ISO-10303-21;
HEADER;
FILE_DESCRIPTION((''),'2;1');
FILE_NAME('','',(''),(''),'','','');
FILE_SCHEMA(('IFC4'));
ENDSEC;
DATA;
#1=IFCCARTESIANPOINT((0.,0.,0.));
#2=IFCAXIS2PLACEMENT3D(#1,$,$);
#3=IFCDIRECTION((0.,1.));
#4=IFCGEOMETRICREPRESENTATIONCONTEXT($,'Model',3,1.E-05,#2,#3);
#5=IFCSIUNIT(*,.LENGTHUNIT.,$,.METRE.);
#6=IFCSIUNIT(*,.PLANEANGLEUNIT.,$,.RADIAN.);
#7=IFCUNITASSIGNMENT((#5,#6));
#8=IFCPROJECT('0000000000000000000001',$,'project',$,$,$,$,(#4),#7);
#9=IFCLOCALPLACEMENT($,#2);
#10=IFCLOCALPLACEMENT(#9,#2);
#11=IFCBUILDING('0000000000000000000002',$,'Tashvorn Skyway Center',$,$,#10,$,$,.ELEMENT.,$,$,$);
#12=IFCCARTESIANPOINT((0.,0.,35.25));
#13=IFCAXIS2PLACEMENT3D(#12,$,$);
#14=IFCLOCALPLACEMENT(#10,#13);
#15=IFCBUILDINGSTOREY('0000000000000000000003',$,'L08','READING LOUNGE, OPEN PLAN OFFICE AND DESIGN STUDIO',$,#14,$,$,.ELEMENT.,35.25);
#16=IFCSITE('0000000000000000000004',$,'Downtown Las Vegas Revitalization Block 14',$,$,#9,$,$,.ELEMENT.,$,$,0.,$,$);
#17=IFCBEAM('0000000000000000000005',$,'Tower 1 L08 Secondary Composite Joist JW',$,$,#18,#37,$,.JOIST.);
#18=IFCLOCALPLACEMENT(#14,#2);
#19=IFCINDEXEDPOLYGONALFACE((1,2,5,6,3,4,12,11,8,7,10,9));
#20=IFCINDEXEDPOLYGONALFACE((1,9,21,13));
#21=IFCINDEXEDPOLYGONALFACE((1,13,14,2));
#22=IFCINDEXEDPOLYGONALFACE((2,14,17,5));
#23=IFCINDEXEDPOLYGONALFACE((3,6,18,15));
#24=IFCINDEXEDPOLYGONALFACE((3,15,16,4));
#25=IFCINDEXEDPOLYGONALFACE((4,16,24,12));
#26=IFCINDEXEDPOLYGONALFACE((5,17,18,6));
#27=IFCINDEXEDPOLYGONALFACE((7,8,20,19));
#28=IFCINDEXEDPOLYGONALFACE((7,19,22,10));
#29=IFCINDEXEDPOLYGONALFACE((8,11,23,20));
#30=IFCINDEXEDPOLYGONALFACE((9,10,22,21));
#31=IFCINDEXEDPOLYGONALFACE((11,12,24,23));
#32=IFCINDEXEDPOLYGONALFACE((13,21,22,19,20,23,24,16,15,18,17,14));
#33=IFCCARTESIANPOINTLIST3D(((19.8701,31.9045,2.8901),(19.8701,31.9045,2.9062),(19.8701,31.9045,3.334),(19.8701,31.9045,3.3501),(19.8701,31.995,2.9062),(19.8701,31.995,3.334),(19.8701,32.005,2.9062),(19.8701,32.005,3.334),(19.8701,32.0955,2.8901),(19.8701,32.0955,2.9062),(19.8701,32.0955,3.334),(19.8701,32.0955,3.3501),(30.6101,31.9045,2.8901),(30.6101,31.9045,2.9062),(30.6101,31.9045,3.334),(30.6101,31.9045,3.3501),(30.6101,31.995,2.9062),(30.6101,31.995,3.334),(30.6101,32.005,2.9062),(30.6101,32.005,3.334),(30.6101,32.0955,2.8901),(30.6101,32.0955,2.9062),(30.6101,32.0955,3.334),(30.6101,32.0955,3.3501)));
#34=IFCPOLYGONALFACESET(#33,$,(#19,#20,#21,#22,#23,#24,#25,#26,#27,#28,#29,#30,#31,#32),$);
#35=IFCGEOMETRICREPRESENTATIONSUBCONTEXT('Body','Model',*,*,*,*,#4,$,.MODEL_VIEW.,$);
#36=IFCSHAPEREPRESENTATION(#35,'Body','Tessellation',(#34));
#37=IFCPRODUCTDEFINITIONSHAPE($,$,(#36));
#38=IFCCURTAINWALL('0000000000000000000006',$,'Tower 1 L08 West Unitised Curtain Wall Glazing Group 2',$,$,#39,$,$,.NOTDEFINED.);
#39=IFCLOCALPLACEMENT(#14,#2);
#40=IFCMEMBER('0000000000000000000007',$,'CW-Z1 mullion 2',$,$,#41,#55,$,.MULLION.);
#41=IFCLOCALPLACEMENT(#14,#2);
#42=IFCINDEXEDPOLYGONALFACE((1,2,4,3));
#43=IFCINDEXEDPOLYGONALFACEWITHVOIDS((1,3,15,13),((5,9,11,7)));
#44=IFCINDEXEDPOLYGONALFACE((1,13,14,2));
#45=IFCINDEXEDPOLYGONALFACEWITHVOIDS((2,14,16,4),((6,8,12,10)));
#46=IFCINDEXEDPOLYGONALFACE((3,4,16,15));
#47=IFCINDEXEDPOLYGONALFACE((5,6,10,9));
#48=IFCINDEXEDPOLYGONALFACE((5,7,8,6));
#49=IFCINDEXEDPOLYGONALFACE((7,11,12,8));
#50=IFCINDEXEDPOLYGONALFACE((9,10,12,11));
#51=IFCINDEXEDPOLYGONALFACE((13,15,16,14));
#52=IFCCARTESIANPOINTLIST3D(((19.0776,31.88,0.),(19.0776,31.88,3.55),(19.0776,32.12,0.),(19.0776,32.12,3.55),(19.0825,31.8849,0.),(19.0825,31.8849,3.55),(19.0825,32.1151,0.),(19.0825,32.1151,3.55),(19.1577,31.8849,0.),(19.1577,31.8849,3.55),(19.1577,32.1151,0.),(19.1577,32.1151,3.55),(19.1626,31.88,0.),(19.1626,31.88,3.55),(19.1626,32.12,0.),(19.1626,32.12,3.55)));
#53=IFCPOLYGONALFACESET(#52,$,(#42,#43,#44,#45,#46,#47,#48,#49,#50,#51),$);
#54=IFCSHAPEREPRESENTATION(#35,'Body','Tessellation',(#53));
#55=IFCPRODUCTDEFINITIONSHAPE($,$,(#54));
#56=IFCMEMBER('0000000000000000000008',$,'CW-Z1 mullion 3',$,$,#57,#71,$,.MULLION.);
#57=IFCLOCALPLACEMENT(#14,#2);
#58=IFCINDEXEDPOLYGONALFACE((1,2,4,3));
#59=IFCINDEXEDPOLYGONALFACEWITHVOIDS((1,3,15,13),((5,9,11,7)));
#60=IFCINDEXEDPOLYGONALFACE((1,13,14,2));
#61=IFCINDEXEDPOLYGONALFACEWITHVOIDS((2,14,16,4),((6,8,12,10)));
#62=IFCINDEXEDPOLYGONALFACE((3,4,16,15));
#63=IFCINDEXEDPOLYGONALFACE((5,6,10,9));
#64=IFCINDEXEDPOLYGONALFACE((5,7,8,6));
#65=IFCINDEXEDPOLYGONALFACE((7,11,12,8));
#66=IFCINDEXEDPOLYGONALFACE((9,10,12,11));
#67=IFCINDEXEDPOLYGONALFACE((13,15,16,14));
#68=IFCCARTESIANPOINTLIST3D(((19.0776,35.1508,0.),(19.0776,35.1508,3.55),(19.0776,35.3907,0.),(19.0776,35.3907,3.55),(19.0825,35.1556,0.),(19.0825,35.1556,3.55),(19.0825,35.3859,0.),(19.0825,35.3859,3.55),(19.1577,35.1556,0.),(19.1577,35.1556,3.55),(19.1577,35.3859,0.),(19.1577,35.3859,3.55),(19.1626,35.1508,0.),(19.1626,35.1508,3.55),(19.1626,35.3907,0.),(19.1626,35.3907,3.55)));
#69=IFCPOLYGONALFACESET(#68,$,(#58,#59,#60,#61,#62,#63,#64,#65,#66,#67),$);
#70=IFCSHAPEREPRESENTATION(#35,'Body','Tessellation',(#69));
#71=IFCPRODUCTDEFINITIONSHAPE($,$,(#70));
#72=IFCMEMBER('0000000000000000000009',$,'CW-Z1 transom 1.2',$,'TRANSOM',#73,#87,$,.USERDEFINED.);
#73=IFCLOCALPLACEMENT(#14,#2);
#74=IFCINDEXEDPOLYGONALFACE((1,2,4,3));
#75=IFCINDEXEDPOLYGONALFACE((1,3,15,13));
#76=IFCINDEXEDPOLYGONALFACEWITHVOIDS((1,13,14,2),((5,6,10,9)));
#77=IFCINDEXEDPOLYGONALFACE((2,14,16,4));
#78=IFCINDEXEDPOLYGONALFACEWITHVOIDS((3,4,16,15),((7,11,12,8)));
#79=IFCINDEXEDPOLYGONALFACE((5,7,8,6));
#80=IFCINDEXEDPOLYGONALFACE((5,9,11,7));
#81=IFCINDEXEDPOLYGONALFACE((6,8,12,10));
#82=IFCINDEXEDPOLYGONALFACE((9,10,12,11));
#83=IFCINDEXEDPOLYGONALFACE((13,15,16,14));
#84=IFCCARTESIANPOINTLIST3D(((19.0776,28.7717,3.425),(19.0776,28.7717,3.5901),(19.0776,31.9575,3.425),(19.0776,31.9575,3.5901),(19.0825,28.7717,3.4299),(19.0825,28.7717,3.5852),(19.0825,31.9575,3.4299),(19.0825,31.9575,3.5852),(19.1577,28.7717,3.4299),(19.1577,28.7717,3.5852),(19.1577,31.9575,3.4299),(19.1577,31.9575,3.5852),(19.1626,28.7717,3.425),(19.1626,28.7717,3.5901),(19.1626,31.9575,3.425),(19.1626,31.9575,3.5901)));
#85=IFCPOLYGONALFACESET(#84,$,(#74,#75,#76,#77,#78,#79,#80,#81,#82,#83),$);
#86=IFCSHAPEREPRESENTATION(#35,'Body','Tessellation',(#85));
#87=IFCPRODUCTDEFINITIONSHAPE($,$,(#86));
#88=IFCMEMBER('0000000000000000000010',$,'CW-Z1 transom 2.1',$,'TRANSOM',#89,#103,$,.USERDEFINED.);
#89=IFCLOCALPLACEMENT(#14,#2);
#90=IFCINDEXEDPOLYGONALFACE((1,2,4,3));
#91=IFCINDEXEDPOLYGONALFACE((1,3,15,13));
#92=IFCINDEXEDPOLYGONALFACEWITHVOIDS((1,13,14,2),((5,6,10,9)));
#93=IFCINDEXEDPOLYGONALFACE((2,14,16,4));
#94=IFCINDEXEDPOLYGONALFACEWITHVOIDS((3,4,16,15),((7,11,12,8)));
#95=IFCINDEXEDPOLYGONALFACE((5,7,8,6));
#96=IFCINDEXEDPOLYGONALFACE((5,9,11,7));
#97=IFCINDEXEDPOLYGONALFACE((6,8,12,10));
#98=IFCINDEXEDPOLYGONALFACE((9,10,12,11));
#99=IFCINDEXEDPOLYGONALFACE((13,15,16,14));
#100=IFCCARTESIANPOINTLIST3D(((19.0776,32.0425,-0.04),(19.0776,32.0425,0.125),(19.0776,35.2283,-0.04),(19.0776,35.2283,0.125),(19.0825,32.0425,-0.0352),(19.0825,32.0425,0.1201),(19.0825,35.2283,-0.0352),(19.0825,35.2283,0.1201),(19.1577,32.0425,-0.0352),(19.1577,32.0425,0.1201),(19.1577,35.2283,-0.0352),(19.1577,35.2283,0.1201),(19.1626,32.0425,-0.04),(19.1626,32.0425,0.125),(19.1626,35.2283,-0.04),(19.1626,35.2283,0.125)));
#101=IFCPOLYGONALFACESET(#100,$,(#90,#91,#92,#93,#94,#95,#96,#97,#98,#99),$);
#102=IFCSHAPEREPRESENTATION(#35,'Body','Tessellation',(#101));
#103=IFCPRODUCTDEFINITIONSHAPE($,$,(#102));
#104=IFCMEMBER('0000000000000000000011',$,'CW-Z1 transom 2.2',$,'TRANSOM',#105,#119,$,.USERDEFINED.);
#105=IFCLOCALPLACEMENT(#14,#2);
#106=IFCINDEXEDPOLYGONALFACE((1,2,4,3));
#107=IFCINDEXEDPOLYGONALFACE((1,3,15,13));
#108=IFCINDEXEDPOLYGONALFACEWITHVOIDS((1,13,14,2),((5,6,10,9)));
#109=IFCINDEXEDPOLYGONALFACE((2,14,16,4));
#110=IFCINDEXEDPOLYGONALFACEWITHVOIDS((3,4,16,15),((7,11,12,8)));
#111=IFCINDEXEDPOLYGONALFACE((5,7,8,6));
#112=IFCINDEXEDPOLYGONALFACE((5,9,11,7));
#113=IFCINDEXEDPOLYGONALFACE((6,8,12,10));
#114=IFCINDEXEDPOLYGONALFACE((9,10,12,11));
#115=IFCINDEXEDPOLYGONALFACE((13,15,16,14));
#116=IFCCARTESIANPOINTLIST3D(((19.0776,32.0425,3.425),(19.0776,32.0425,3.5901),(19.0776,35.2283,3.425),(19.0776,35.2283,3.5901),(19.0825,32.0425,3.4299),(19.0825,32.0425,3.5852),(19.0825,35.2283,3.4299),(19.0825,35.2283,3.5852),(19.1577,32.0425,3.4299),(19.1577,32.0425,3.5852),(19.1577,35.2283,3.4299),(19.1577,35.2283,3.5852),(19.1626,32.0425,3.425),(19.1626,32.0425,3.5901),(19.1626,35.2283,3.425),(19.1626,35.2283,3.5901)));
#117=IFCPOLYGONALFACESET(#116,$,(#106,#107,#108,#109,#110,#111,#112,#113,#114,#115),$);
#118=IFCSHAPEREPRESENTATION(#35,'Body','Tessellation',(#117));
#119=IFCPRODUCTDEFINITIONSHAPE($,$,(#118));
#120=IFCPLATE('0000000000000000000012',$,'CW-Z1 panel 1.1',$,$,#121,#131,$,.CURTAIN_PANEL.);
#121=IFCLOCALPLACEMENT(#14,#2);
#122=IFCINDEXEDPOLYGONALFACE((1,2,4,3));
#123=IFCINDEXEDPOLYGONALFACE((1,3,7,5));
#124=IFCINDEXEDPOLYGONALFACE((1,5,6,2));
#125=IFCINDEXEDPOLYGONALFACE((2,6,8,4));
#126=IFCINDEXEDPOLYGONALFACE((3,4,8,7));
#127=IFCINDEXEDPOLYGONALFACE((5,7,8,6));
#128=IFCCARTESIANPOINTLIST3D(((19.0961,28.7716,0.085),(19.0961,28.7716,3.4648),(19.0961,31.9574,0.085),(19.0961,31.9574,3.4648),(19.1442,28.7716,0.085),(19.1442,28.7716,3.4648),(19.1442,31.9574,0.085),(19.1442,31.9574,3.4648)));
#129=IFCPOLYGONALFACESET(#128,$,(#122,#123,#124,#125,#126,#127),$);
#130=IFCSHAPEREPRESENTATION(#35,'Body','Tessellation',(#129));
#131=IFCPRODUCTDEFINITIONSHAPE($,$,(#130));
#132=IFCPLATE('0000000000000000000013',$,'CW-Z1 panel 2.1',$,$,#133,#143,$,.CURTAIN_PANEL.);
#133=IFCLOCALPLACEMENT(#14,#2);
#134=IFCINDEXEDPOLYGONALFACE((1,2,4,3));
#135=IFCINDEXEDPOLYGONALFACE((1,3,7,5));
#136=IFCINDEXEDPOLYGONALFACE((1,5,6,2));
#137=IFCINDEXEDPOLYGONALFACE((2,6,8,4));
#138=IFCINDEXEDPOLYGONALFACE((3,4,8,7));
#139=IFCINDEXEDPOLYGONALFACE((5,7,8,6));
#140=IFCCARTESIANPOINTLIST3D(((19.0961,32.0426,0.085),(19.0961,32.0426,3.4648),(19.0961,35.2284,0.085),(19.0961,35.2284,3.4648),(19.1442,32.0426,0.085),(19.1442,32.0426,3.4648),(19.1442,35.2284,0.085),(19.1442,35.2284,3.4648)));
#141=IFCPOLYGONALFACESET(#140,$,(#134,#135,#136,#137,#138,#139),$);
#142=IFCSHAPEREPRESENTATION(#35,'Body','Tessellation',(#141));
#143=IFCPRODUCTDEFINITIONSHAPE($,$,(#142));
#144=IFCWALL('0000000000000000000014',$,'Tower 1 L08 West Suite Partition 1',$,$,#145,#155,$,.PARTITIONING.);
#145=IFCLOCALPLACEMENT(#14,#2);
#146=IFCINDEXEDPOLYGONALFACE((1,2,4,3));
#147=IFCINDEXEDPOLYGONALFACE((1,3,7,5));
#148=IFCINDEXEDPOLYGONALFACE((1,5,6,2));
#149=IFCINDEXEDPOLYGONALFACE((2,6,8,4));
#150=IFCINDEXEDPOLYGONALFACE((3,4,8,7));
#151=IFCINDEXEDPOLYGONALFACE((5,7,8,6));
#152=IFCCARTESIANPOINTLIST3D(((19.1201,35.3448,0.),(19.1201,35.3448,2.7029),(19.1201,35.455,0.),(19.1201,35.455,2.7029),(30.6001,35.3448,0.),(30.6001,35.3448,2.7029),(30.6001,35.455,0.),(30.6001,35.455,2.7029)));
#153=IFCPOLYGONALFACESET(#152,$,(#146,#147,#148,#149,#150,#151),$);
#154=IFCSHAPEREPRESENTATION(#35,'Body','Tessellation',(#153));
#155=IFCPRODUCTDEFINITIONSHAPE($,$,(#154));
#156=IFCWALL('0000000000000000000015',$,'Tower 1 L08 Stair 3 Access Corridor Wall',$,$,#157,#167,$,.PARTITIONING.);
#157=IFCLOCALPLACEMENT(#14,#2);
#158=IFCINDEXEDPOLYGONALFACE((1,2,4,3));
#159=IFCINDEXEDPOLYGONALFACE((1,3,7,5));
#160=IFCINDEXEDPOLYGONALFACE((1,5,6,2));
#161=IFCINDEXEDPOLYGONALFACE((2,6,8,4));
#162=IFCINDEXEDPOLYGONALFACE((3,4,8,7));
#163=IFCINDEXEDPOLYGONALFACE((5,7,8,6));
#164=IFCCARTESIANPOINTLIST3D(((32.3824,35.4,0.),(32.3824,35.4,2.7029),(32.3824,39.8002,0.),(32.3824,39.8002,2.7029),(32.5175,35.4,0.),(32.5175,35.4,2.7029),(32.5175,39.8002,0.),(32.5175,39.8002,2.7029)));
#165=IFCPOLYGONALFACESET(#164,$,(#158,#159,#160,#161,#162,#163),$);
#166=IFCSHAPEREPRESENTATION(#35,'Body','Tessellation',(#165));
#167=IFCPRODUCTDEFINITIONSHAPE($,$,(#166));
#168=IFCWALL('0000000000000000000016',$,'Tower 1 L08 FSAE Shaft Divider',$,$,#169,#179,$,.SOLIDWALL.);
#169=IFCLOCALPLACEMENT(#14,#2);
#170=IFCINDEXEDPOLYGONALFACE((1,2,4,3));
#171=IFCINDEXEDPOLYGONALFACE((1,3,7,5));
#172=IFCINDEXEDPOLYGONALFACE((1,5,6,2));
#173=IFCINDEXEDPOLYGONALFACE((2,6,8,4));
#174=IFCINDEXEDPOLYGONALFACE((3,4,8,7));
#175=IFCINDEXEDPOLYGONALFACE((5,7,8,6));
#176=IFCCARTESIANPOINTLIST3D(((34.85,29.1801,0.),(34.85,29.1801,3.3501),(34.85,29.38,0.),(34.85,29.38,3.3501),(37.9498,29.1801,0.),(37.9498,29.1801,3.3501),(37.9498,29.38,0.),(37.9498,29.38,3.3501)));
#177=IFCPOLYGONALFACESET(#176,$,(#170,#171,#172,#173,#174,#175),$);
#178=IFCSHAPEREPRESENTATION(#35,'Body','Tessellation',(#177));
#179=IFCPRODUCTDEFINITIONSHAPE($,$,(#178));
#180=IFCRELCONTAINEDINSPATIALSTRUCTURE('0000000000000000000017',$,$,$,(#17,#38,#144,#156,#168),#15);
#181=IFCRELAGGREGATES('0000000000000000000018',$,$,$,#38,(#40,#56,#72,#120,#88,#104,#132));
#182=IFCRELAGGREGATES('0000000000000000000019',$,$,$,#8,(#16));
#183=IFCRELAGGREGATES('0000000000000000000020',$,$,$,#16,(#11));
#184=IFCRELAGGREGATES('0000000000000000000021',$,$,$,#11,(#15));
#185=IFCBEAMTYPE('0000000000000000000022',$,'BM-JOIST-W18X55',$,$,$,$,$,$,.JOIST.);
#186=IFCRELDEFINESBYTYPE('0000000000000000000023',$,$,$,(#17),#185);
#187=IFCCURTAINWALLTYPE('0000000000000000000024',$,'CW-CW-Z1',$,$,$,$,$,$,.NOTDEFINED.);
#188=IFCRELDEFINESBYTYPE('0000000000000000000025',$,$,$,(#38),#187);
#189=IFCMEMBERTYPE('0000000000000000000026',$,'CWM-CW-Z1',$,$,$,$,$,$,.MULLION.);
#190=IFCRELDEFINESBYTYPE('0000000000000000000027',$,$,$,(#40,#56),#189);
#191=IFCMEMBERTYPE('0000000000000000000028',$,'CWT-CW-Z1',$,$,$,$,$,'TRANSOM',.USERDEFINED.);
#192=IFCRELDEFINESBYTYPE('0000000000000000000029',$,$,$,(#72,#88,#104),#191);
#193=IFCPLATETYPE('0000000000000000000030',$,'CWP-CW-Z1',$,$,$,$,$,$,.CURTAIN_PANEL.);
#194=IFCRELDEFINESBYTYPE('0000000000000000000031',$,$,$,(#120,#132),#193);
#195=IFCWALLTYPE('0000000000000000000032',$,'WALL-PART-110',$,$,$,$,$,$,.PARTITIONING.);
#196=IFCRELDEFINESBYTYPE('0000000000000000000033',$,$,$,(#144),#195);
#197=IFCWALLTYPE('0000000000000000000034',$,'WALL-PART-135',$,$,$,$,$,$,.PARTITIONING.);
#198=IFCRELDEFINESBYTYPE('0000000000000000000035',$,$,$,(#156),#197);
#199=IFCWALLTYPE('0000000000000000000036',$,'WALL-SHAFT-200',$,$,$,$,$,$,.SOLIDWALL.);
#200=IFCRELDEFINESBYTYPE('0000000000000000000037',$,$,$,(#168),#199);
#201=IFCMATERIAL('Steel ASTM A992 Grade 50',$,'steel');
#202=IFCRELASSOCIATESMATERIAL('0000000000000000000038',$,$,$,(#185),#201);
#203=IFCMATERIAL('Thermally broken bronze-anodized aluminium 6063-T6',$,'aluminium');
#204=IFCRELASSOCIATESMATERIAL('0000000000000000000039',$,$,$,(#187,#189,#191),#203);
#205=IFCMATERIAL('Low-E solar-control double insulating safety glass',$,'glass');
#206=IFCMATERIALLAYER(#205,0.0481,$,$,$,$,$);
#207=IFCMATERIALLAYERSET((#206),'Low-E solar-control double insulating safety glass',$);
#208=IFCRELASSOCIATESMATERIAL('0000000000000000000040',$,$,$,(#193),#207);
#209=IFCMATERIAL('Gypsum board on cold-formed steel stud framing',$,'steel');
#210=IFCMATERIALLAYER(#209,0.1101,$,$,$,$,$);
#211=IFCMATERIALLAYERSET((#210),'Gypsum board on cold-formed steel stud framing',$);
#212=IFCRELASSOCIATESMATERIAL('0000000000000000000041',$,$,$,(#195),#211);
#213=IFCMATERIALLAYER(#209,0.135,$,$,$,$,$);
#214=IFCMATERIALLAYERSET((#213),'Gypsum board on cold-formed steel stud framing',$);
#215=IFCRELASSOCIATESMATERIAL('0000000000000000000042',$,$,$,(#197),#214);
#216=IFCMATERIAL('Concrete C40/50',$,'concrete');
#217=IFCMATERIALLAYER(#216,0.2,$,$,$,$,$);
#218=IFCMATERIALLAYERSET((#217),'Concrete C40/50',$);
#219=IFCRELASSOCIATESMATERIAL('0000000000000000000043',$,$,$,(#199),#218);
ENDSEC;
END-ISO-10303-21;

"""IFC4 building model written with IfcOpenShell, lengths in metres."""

from ifc_helpers import new_model, si_unit, direction, frame, frame_2d, origin, origin_2d, place, context, subcontext, project, spatial, rectangle, hollow_rectangle, i_section, extrude, material, layer, layer_set, material_profile, profile_set, type_object, element, aggregate, save


model = new_model("IFC4")

# Units and contexts
model_context = context("Model", 3, precision=1e-05, world=origin(), true_north=direction((0.0, 1.0)))
body_context = subcontext(model_context, "Body", "Model", "MODEL_VIEW")
ifc_project = project(units=[si_unit("LENGTHUNIT", "METRE"), si_unit("PLANEANGLEUNIT", "RADIAN")], contexts=[model_context])

# Site, building, storey
site_placement = place(None, origin())
site = spatial("IfcSite", under=ifc_project, at=site_placement, Name="Downtown Las Vegas Revitalization Block 14", CompositionType="ELEMENT", RefElevation=0.0)
building_placement = place(site_placement, origin())
building = spatial("IfcBuilding", under=site, at=building_placement, Name="Tashvorn Skyway Center", CompositionType="ELEMENT")
storey_placement = place(building_placement, frame((0.0, 0.0, 35.25)))
storey = spatial("IfcBuildingStorey", under=building, at=storey_placement, Name="L08", Description="READING LOUNGE, OPEN PLAN OFFICE AND DESIGN STUDIO", CompositionType="ELEMENT", Elevation=35.25)

# Beam
ifc_material_1 = material(Name="Steel ASTM A992 Grade 50", Category="steel")
ifc_material_profile_1 = material_profile(ifc_material_1, i_section(OverallWidth=0.1909, OverallDepth=0.46, WebThickness=0.01, FlangeThickness=0.0161, at=origin_2d()), Name="W18X55")
ifc_profile_set_1 = profile_set([ifc_material_profile_1], Name="Steel ASTM A992 Grade 50")
beam_type = type_object("IfcBeamType", Name="BM-JOIST-W18X55", PredefinedType="JOIST", material=ifc_profile_set_1)
beam_placement = place(storey_placement, frame((30.6101, 32.0, 3.1201), z_axis=(-1.0, 0.0, 0.0), x_axis=(0.0, -1.0, 0.0)))
element("IfcBeam", 1, at=beam_placement, inside=storey, type_object=beam_type, Name="Tower 1 L08 Secondary Composite Joist JW", PredefinedType="JOIST", context=body_context, shape_type="SweptSolid", body=[
    extrude(i_section(OverallWidth=0.1909, OverallDepth=0.46, WebThickness=0.01, FlangeThickness=0.0161, at=origin_2d()), origin(), (0.0, 0.0, 1.0), 10.74),
])

# Curtain wall, members, plates
ifc_material_2 = material(Name="Thermally broken bronze-anodized aluminium 6063-T6", Category="aluminium")
curtain_wall_type = type_object("IfcCurtainWallType", Name="CW-CW-Z1", PredefinedType="NOTDEFINED", material=ifc_material_2)
curtain_wall_placement = place(storey_placement, origin())
curtain_wall = element("IfcCurtainWall", 2, at=curtain_wall_placement, inside=storey, type_object=curtain_wall_type, Name="Tower 1 L08 West Unitised Curtain Wall Glazing Group 2", PredefinedType="NOTDEFINED")
ifc_material_profile_2 = material_profile(ifc_material_2, hollow_rectangle(XDim=0.085, YDim=0.24, WallThickness=0.0049, at=origin_2d()), Name="ALU-MULL-85x240")
ifc_profile_set_2 = profile_set([ifc_material_profile_2], Name="Thermally broken bronze-anodized aluminium 6063-T6")
member_type_1 = type_object("IfcMemberType", Name="CWM-CW-Z1", PredefinedType="MULLION", material=ifc_profile_set_2)
member_1_placement = place(storey_placement, frame((19.1201, 32.0, 0.0), z_axis=(0.0, 0.0, 1.0), x_axis=(-1.0, 0.0, 0.0)))
member_1 = element("IfcMember", 3, at=member_1_placement, type_object=member_type_1, Name="CW-Z1 mullion 2", PredefinedType="MULLION", context=body_context, shape_type="SweptSolid", body=[
    extrude(hollow_rectangle(XDim=0.085, YDim=0.24, WallThickness=0.0049, at=origin_2d()), origin(), (0.0, 0.0, 1.0), 3.55),
])
member_2_placement = place(storey_placement, frame((19.1201, 35.2708, 0.0), z_axis=(0.0, 0.0, 1.0), x_axis=(-1.0, 0.0, 0.0)))
member_2 = element("IfcMember", 4, at=member_2_placement, type_object=member_type_1, Name="CW-Z1 mullion 3", PredefinedType="MULLION", context=body_context, shape_type="SweptSolid", body=[
    extrude(hollow_rectangle(XDim=0.085, YDim=0.24, WallThickness=0.0049, at=origin_2d()), origin(), (0.0, 0.0, 1.0), 3.55),
])
ifc_material_profile_3 = material_profile(ifc_material_2, hollow_rectangle(XDim=0.085, YDim=0.165, WallThickness=0.0049, at=origin_2d()), Name="ALU-TRAN-85x165")
ifc_profile_set_3 = profile_set([ifc_material_profile_3], Name="Thermally broken bronze-anodized aluminium 6063-T6")
member_type_2 = type_object("IfcMemberType", Name="CWT-CW-Z1", ElementType="TRANSOM", PredefinedType="USERDEFINED", material=ifc_profile_set_3)
member_3_placement = place(storey_placement, frame((19.1201, 28.7717, 3.5076), z_axis=(0.0, 1.0, 0.0), x_axis=(-1.0, 0.0, 0.0)))
member_3 = element("IfcMember", 5, at=member_3_placement, type_object=member_type_2, Name="CW-Z1 transom 1.2", ObjectType="TRANSOM", PredefinedType="USERDEFINED", context=body_context, shape_type="SweptSolid", body=[
    extrude(hollow_rectangle(XDim=0.085, YDim=0.165, WallThickness=0.0049, at=origin_2d()), origin(), (0.0, 0.0, 1.0), 3.1858),
])
member_4_placement = place(storey_placement, frame((19.1201, 32.0425, 0.0425), z_axis=(0.0, 1.0, 0.0), x_axis=(-1.0, 0.0, 0.0)))
member_4 = element("IfcMember", 6, at=member_4_placement, type_object=member_type_2, Name="CW-Z1 transom 2.1", ObjectType="TRANSOM", PredefinedType="USERDEFINED", context=body_context, shape_type="SweptSolid", body=[
    extrude(hollow_rectangle(XDim=0.085, YDim=0.165, WallThickness=0.0049, at=origin_2d()), origin(), (0.0, 0.0, 1.0), 3.1858),
])
member_5_placement = place(storey_placement, frame((19.1201, 32.0425, 3.5076), z_axis=(0.0, 1.0, 0.0), x_axis=(-1.0, 0.0, 0.0)))
member_5 = element("IfcMember", 7, at=member_5_placement, type_object=member_type_2, Name="CW-Z1 transom 2.2", ObjectType="TRANSOM", PredefinedType="USERDEFINED", context=body_context, shape_type="SweptSolid", body=[
    extrude(hollow_rectangle(XDim=0.085, YDim=0.165, WallThickness=0.0049, at=origin_2d()), origin(), (0.0, 0.0, 1.0), 3.1858),
])
ifc_material_3 = material(Name="Low-E solar-control double insulating safety glass", Category="glass")
ifc_layer_1 = layer(ifc_material_3, 0.0481)
ifc_layer_set_1 = layer_set([ifc_layer_1], Name="Low-E solar-control double insulating safety glass")
plate_type = type_object("IfcPlateType", Name="CWP-CW-Z1", PredefinedType="CURTAIN_PANEL", material=ifc_layer_set_1)
plate_1_placement = place(storey_placement, frame((19.1201, 30.3645, 0.085), z_axis=(0.0, 0.0, 1.0), x_axis=(0.0, 1.0, 0.0)))
plate_1 = element("IfcPlate", 8, at=plate_1_placement, type_object=plate_type, Name="CW-Z1 panel 1.1", PredefinedType="CURTAIN_PANEL", context=body_context, shape_type="SweptSolid", body=[
    extrude(rectangle(XDim=3.1858, YDim=0.0481, at=origin_2d()), origin(), (0.0, 0.0, 1.0), 3.3799),
])
plate_2_placement = place(storey_placement, frame((19.1201, 33.6355, 0.085), z_axis=(0.0, 0.0, 1.0), x_axis=(0.0, 1.0, 0.0)))
plate_2 = element("IfcPlate", 9, at=plate_2_placement, type_object=plate_type, Name="CW-Z1 panel 2.1", PredefinedType="CURTAIN_PANEL", context=body_context, shape_type="SweptSolid", body=[
    extrude(rectangle(XDim=3.1858, YDim=0.0481, at=origin_2d()), origin(), (0.0, 0.0, 1.0), 3.3799),
])
aggregate(curtain_wall, [member_1, member_2, member_3, plate_1, member_4, member_5, plate_2])

# Walls
ifc_material_4 = material(Name="Gypsum board on cold-formed steel stud framing", Category="steel")
ifc_layer_2 = layer(ifc_material_4, 0.1101)
ifc_layer_set_2 = layer_set([ifc_layer_2], Name="Gypsum board on cold-formed steel stud framing")
wall_type_1 = type_object("IfcWallType", Name="WALL-PART-110", PredefinedType="PARTITIONING", material=ifc_layer_set_2)
wall_1_placement = place(storey_placement, frame((30.6001, 35.3999, 0.0), z_axis=(0.0, 0.0, 1.0), x_axis=(-1.0, 0.0, 0.0)))
element("IfcWall", 10, at=wall_1_placement, inside=storey, type_object=wall_type_1, Name="Tower 1 L08 West Suite Partition 1", PredefinedType="PARTITIONING", context=body_context, shape_type="SweptSolid", body=[
    extrude(rectangle(XDim=11.48, YDim=0.1101, at=frame_2d((5.74, 0.0))), origin(), (0.0, 0.0, 1.0), 2.7029),
])
ifc_layer_3 = layer(ifc_material_4, 0.135)
ifc_layer_set_3 = layer_set([ifc_layer_3], Name="Gypsum board on cold-formed steel stud framing")
wall_type_2 = type_object("IfcWallType", Name="WALL-PART-135", PredefinedType="PARTITIONING", material=ifc_layer_set_3)
wall_2_placement = place(storey_placement, frame((32.45, 35.3999, 0.0), z_axis=(0.0, 0.0, 1.0), x_axis=(0.0, 1.0, 0.0)))
element("IfcWall", 11, at=wall_2_placement, inside=storey, type_object=wall_type_2, Name="Tower 1 L08 Stair 3 Access Corridor Wall", PredefinedType="PARTITIONING", context=body_context, shape_type="SweptSolid", body=[
    extrude(rectangle(XDim=4.4001, YDim=0.135, at=frame_2d((2.2002, 0.0))), origin(), (0.0, 0.0, 1.0), 2.7029),
])
ifc_material_5 = material(Name="Concrete C40/50", Category="concrete")
ifc_layer_4 = layer(ifc_material_5, 0.2)
ifc_layer_set_4 = layer_set([ifc_layer_4], Name="Concrete C40/50")
wall_type_3 = type_object("IfcWallType", Name="WALL-SHAFT-200", PredefinedType="SOLIDWALL", material=ifc_layer_set_4)
wall_3_placement = place(storey_placement, frame((34.8501, 29.28, 0.0), z_axis=(0.0, 0.0, 1.0), x_axis=(1.0, 0.0, 0.0)))
element("IfcWall", 12, at=wall_3_placement, inside=storey, type_object=wall_type_3, Name="Tower 1 L08 FSAE Shaft Divider", PredefinedType="SOLIDWALL", context=body_context, shape_type="SweptSolid", body=[
    extrude(rectangle(XDim=3.0999, YDim=0.2, at=frame_2d((1.5498, 0.0))), origin(), (0.0, 0.0, 1.0), 3.3501),
])

save(model, "model.ifc")
